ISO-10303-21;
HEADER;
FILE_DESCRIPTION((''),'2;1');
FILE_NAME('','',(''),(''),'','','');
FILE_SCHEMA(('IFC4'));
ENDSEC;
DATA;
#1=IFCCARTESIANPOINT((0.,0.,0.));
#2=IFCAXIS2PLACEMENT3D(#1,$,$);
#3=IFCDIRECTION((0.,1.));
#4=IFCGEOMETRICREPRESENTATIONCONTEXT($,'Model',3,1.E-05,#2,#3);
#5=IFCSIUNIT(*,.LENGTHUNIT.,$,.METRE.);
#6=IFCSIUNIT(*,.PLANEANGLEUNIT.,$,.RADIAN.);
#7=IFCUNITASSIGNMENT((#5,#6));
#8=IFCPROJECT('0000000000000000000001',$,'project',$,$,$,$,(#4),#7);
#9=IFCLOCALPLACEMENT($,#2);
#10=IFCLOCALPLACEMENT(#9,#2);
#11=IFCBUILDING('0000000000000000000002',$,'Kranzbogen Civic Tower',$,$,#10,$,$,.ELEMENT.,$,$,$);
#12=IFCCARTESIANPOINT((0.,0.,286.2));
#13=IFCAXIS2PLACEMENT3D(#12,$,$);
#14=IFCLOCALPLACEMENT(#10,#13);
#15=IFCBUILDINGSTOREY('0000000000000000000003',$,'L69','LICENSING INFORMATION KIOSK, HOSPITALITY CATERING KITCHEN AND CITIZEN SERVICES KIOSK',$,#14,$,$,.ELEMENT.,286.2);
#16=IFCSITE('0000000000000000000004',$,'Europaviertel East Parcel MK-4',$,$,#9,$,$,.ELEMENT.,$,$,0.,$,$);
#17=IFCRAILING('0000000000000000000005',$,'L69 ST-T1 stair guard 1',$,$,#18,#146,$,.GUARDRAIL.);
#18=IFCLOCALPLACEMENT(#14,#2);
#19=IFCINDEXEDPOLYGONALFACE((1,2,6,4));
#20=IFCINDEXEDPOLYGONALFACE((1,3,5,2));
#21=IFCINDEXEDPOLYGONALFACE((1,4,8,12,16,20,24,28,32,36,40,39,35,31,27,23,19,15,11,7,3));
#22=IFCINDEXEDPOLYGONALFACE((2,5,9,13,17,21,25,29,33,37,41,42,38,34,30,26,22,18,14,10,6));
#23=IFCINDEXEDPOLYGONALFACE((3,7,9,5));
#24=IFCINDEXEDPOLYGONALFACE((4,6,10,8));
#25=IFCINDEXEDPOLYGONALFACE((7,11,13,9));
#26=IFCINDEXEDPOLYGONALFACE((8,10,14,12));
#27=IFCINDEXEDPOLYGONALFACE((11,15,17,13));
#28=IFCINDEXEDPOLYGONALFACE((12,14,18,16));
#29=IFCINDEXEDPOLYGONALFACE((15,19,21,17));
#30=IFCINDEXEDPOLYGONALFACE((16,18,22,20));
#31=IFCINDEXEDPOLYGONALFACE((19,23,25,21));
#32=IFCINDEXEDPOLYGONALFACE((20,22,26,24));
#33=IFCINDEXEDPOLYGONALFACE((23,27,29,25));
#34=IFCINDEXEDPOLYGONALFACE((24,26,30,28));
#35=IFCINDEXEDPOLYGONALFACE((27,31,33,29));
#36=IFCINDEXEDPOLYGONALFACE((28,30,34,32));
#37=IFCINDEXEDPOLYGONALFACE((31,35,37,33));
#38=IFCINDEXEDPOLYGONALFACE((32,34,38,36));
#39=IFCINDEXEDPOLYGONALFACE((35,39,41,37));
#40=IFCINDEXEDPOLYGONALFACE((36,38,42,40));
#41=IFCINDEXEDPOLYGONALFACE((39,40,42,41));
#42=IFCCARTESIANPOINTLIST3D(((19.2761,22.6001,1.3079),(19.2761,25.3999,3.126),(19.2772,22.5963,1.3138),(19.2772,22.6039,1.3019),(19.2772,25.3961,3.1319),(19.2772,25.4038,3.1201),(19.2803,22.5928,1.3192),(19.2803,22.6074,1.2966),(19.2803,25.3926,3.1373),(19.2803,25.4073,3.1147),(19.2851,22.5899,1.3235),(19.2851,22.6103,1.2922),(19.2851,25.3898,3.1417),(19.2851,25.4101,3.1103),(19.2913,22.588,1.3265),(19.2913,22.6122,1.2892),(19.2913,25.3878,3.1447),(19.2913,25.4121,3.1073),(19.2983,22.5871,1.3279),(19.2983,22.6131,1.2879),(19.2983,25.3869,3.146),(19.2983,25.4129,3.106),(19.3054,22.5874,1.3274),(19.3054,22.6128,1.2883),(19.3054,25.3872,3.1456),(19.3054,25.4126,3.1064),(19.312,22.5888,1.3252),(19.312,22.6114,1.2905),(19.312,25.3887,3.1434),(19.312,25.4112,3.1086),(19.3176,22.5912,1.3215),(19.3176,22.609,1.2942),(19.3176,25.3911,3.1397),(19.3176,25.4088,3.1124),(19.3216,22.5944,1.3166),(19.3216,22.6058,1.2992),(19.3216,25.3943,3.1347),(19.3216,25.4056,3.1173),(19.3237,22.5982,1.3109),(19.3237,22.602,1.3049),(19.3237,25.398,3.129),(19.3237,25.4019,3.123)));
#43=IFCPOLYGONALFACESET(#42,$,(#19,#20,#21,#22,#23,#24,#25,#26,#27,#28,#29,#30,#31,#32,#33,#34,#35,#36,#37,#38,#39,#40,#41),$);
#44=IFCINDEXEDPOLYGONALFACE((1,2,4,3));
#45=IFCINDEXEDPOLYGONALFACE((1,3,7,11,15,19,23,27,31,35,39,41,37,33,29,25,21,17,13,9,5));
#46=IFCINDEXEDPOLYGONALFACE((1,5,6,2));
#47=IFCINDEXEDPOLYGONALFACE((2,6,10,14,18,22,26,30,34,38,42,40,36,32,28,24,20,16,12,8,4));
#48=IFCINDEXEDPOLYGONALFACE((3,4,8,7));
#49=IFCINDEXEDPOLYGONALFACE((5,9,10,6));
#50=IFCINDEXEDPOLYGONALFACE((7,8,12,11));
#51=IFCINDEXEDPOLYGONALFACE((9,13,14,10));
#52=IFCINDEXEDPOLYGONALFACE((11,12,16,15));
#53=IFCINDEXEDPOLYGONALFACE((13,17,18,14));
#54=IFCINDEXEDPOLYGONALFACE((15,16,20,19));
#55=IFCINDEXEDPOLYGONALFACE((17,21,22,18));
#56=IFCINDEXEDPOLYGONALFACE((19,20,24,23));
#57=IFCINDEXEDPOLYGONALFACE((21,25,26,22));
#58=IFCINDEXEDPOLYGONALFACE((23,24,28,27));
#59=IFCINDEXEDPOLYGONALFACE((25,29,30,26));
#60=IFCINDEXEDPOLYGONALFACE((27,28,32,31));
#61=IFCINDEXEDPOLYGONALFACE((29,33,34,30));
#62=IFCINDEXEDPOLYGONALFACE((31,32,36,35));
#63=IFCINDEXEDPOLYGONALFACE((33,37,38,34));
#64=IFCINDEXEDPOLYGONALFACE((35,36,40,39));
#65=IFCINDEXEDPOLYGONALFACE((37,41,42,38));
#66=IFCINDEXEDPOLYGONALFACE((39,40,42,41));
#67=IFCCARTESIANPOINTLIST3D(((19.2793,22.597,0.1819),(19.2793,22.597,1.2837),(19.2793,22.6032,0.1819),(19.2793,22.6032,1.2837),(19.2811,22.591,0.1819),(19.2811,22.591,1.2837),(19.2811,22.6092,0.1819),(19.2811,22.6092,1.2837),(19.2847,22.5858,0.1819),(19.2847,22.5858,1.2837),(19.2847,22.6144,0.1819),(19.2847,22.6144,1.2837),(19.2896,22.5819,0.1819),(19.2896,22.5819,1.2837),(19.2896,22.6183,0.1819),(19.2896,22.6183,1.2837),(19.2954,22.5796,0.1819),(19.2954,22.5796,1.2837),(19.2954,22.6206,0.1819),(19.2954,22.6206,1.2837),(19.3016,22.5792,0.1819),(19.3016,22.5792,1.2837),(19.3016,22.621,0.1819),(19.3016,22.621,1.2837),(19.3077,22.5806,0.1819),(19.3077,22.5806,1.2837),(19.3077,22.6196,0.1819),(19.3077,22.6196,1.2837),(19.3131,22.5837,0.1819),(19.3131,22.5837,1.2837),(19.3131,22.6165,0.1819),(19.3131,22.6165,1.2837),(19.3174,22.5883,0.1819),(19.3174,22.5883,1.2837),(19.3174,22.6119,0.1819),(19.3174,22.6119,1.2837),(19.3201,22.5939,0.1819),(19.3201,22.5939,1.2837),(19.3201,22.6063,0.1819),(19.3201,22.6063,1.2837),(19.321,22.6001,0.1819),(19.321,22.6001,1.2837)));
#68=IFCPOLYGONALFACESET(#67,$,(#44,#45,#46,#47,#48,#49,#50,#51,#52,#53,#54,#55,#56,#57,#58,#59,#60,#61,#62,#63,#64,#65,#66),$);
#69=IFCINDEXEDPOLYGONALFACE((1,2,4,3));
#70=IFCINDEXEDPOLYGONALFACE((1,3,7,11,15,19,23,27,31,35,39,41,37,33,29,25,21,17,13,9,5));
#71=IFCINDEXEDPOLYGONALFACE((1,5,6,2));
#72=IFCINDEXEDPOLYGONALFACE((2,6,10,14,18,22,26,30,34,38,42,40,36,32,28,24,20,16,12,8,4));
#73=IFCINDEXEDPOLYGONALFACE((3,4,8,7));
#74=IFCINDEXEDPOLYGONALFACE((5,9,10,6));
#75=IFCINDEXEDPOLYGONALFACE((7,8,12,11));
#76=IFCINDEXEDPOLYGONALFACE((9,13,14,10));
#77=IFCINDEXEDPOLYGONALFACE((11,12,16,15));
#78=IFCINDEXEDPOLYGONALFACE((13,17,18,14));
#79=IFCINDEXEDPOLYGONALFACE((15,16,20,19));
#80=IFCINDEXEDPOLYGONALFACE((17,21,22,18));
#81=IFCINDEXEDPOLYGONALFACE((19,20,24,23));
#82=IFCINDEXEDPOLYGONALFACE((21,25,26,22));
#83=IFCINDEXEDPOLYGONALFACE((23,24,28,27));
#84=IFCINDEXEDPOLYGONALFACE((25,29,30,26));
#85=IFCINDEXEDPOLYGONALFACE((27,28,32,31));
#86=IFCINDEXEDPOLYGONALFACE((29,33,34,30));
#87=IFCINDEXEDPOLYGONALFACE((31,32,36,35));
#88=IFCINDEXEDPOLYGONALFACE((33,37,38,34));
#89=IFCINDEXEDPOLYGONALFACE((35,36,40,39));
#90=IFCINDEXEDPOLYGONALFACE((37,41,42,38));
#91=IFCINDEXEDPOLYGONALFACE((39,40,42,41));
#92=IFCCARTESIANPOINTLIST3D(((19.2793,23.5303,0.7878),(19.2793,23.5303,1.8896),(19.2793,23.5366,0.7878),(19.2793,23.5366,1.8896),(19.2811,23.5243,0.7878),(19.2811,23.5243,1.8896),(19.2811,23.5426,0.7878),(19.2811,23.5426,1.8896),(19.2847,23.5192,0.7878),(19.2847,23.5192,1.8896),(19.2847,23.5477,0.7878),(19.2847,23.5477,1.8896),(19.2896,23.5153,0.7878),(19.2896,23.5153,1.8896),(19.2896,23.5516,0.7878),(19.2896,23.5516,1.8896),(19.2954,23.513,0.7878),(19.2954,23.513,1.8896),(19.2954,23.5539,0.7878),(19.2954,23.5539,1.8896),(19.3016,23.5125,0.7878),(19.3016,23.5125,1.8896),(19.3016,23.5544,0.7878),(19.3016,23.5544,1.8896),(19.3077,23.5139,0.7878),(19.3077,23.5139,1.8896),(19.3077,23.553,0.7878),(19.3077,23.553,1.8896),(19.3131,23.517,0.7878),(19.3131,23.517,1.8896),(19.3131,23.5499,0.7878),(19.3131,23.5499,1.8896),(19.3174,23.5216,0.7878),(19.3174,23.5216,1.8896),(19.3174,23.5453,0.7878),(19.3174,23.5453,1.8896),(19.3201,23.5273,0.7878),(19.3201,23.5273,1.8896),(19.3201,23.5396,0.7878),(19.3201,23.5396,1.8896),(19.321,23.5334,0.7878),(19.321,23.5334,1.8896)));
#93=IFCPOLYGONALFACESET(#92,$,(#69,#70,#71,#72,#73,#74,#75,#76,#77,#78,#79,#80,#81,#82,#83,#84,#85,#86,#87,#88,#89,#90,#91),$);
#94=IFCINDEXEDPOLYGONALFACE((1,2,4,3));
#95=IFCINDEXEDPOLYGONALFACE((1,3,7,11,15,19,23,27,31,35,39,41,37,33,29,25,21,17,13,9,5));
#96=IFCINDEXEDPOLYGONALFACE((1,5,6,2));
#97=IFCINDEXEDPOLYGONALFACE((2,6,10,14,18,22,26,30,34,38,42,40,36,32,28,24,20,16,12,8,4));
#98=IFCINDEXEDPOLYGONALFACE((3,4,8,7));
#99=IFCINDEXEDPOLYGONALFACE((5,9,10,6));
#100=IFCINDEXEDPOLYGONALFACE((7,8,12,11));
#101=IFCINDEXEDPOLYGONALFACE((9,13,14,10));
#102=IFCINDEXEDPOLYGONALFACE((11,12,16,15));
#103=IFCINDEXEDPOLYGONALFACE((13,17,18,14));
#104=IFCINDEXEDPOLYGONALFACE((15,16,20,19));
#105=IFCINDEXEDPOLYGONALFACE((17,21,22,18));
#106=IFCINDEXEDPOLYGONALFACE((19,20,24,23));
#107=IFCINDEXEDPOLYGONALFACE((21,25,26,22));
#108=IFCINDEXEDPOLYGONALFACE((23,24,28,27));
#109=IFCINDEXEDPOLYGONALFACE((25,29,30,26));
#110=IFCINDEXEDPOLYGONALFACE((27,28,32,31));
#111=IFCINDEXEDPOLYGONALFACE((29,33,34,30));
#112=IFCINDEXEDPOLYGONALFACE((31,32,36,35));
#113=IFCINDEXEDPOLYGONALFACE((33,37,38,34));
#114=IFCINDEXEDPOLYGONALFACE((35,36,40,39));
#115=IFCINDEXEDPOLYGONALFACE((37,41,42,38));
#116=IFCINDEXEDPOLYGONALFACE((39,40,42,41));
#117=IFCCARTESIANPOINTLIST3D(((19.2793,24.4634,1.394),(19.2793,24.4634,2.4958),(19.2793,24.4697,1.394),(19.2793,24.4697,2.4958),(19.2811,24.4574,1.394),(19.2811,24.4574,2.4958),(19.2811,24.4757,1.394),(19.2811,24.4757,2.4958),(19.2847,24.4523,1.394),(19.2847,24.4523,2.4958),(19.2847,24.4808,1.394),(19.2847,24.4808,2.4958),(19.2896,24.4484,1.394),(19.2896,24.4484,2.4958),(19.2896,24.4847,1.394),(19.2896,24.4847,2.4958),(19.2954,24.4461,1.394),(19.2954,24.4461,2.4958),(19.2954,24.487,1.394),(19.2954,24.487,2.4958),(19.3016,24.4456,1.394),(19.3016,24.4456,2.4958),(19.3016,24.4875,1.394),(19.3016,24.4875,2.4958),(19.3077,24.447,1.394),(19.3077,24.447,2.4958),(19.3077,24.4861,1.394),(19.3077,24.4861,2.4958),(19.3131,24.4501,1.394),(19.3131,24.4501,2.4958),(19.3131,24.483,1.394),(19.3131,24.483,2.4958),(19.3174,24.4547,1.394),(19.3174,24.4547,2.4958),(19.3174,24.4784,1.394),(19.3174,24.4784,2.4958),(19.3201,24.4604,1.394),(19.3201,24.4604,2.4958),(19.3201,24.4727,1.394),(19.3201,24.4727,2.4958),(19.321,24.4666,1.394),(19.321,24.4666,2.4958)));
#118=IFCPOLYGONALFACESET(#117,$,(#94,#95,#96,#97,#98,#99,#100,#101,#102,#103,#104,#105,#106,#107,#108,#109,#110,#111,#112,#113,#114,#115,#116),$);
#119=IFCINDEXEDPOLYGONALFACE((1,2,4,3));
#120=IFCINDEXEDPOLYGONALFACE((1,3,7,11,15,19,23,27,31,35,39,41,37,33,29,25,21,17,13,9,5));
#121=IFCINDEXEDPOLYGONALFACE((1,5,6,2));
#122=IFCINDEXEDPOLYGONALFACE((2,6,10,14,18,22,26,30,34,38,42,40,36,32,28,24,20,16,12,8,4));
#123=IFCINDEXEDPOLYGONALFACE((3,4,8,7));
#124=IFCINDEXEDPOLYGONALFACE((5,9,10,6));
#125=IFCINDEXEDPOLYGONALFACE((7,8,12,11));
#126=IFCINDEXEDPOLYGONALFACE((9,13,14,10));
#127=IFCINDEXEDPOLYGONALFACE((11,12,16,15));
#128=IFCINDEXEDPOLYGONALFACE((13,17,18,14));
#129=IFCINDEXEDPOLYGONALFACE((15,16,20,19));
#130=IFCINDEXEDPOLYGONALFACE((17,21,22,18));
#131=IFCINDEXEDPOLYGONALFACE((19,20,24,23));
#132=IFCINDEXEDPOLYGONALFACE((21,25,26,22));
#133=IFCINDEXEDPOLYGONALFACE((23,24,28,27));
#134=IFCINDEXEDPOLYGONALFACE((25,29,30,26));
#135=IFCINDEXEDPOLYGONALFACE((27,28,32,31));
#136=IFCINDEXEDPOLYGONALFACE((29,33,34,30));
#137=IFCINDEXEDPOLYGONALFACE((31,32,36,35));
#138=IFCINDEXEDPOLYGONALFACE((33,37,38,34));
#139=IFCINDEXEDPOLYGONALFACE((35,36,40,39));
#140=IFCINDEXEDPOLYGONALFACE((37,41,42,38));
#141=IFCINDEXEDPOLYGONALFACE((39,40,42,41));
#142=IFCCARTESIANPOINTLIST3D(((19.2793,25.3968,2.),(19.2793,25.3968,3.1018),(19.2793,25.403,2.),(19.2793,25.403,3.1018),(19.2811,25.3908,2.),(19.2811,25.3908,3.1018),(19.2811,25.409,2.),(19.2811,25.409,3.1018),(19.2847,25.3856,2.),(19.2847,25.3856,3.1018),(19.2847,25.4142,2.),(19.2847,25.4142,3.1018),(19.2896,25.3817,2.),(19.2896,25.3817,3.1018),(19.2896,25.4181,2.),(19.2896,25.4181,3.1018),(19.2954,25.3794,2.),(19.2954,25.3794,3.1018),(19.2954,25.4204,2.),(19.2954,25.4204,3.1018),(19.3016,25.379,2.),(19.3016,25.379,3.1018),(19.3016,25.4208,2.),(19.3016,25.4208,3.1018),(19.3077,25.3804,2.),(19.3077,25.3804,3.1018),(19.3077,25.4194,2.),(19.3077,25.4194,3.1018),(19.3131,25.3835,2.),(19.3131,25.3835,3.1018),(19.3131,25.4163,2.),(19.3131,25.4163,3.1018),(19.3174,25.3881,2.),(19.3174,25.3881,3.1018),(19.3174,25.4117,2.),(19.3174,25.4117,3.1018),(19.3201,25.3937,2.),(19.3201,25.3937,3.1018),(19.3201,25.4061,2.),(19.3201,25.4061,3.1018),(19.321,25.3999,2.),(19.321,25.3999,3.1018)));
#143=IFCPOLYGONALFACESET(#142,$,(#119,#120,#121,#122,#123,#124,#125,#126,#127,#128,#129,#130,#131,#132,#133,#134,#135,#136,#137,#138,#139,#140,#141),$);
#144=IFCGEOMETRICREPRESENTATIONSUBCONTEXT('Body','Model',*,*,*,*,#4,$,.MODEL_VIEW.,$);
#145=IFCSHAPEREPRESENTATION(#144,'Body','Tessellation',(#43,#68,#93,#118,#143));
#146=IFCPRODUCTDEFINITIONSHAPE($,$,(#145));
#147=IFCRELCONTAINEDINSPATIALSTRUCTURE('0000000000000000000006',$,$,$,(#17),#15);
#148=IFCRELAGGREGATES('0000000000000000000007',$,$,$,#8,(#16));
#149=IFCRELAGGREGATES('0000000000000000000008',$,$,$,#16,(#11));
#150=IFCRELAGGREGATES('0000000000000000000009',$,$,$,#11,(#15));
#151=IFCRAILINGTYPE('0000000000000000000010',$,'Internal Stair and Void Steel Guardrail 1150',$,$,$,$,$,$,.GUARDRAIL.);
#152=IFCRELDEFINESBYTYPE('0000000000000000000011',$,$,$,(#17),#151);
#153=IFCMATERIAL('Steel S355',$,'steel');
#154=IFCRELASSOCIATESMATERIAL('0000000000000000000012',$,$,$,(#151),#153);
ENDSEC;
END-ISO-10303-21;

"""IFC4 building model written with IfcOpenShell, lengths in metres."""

from ifc_helpers import new_model, si_unit, direction, frame, origin, origin_2d, place, context, subcontext, project, spatial, circle, extrude, material, type_object, element, save


model = new_model("IFC4")

# Units and contexts
model_context = context("Model", 3, precision=1e-05, world=origin(), true_north=direction((0.0, 1.0)))
body_context = subcontext(model_context, "Body", "Model", "MODEL_VIEW")
ifc_project = project(units=[si_unit("LENGTHUNIT", "METRE"), si_unit("PLANEANGLEUNIT", "RADIAN")], contexts=[model_context])

# Site, building, storey
site_placement = place(None, origin())
site = spatial("IfcSite", under=ifc_project, at=site_placement, Name="Europaviertel East Parcel MK-4", CompositionType="ELEMENT", RefElevation=0.0)
building_placement = place(site_placement, origin())
building = spatial("IfcBuilding", under=site, at=building_placement, Name="Kranzbogen Civic Tower", CompositionType="ELEMENT")
storey_placement = place(building_placement, frame((0.0, 0.0, 286.2)))
storey = spatial("IfcBuildingStorey", under=building, at=storey_placement, Name="L69", Description="LICENSING INFORMATION KIOSK, HOSPITALITY CATERING KITCHEN AND CITIZEN SERVICES KIOSK", CompositionType="ELEMENT", Elevation=286.2)

# Shared definitions
ifc_material_1 = material(Name="Steel S355", Category="steel")

# Railing
railing_type_1 = type_object("IfcRailingType", Name="Internal Stair and Void Steel Guardrail 1150", PredefinedType="GUARDRAIL", material=ifc_material_1)
railing_1_placement = place(storey_placement, frame((19.3, 22.6001, 0.1819)))
element("IfcRailing", 1, at=railing_1_placement, inside=storey, type_object=railing_type_1, Name="L69 ST-T1 stair guard 1", PredefinedType="GUARDRAIL", context=body_context, shape_type="SweptSolid", body=[
    extrude(circle(Radius=0.0239, at=origin_2d()), frame((0.0, 0.0, 1.126), z_axis=(0.0, 0.838684, 0.544618), x_axis=(-1.0, 0.0, 0.0)), (0.0, 0.0, 1.0), 3.3384),
    extrude(circle(Radius=0.021, at=origin_2d()), origin(), (0.0, 0.0, 1.0), 1.1018),
    extrude(circle(Radius=0.021, at=origin_2d()), frame((0.0, 0.9333, 0.606)), (0.0, 0.0, 1.0), 1.1018),
    extrude(circle(Radius=0.021, at=origin_2d()), frame((0.0, 1.8665, 1.2122)), (0.0, 0.0, 1.0), 1.1018),
    extrude(circle(Radius=0.021, at=origin_2d()), frame((0.0, 2.7998, 1.8181)), (0.0, 0.0, 1.0), 1.1018),
])

save(model, "model.ifc")
